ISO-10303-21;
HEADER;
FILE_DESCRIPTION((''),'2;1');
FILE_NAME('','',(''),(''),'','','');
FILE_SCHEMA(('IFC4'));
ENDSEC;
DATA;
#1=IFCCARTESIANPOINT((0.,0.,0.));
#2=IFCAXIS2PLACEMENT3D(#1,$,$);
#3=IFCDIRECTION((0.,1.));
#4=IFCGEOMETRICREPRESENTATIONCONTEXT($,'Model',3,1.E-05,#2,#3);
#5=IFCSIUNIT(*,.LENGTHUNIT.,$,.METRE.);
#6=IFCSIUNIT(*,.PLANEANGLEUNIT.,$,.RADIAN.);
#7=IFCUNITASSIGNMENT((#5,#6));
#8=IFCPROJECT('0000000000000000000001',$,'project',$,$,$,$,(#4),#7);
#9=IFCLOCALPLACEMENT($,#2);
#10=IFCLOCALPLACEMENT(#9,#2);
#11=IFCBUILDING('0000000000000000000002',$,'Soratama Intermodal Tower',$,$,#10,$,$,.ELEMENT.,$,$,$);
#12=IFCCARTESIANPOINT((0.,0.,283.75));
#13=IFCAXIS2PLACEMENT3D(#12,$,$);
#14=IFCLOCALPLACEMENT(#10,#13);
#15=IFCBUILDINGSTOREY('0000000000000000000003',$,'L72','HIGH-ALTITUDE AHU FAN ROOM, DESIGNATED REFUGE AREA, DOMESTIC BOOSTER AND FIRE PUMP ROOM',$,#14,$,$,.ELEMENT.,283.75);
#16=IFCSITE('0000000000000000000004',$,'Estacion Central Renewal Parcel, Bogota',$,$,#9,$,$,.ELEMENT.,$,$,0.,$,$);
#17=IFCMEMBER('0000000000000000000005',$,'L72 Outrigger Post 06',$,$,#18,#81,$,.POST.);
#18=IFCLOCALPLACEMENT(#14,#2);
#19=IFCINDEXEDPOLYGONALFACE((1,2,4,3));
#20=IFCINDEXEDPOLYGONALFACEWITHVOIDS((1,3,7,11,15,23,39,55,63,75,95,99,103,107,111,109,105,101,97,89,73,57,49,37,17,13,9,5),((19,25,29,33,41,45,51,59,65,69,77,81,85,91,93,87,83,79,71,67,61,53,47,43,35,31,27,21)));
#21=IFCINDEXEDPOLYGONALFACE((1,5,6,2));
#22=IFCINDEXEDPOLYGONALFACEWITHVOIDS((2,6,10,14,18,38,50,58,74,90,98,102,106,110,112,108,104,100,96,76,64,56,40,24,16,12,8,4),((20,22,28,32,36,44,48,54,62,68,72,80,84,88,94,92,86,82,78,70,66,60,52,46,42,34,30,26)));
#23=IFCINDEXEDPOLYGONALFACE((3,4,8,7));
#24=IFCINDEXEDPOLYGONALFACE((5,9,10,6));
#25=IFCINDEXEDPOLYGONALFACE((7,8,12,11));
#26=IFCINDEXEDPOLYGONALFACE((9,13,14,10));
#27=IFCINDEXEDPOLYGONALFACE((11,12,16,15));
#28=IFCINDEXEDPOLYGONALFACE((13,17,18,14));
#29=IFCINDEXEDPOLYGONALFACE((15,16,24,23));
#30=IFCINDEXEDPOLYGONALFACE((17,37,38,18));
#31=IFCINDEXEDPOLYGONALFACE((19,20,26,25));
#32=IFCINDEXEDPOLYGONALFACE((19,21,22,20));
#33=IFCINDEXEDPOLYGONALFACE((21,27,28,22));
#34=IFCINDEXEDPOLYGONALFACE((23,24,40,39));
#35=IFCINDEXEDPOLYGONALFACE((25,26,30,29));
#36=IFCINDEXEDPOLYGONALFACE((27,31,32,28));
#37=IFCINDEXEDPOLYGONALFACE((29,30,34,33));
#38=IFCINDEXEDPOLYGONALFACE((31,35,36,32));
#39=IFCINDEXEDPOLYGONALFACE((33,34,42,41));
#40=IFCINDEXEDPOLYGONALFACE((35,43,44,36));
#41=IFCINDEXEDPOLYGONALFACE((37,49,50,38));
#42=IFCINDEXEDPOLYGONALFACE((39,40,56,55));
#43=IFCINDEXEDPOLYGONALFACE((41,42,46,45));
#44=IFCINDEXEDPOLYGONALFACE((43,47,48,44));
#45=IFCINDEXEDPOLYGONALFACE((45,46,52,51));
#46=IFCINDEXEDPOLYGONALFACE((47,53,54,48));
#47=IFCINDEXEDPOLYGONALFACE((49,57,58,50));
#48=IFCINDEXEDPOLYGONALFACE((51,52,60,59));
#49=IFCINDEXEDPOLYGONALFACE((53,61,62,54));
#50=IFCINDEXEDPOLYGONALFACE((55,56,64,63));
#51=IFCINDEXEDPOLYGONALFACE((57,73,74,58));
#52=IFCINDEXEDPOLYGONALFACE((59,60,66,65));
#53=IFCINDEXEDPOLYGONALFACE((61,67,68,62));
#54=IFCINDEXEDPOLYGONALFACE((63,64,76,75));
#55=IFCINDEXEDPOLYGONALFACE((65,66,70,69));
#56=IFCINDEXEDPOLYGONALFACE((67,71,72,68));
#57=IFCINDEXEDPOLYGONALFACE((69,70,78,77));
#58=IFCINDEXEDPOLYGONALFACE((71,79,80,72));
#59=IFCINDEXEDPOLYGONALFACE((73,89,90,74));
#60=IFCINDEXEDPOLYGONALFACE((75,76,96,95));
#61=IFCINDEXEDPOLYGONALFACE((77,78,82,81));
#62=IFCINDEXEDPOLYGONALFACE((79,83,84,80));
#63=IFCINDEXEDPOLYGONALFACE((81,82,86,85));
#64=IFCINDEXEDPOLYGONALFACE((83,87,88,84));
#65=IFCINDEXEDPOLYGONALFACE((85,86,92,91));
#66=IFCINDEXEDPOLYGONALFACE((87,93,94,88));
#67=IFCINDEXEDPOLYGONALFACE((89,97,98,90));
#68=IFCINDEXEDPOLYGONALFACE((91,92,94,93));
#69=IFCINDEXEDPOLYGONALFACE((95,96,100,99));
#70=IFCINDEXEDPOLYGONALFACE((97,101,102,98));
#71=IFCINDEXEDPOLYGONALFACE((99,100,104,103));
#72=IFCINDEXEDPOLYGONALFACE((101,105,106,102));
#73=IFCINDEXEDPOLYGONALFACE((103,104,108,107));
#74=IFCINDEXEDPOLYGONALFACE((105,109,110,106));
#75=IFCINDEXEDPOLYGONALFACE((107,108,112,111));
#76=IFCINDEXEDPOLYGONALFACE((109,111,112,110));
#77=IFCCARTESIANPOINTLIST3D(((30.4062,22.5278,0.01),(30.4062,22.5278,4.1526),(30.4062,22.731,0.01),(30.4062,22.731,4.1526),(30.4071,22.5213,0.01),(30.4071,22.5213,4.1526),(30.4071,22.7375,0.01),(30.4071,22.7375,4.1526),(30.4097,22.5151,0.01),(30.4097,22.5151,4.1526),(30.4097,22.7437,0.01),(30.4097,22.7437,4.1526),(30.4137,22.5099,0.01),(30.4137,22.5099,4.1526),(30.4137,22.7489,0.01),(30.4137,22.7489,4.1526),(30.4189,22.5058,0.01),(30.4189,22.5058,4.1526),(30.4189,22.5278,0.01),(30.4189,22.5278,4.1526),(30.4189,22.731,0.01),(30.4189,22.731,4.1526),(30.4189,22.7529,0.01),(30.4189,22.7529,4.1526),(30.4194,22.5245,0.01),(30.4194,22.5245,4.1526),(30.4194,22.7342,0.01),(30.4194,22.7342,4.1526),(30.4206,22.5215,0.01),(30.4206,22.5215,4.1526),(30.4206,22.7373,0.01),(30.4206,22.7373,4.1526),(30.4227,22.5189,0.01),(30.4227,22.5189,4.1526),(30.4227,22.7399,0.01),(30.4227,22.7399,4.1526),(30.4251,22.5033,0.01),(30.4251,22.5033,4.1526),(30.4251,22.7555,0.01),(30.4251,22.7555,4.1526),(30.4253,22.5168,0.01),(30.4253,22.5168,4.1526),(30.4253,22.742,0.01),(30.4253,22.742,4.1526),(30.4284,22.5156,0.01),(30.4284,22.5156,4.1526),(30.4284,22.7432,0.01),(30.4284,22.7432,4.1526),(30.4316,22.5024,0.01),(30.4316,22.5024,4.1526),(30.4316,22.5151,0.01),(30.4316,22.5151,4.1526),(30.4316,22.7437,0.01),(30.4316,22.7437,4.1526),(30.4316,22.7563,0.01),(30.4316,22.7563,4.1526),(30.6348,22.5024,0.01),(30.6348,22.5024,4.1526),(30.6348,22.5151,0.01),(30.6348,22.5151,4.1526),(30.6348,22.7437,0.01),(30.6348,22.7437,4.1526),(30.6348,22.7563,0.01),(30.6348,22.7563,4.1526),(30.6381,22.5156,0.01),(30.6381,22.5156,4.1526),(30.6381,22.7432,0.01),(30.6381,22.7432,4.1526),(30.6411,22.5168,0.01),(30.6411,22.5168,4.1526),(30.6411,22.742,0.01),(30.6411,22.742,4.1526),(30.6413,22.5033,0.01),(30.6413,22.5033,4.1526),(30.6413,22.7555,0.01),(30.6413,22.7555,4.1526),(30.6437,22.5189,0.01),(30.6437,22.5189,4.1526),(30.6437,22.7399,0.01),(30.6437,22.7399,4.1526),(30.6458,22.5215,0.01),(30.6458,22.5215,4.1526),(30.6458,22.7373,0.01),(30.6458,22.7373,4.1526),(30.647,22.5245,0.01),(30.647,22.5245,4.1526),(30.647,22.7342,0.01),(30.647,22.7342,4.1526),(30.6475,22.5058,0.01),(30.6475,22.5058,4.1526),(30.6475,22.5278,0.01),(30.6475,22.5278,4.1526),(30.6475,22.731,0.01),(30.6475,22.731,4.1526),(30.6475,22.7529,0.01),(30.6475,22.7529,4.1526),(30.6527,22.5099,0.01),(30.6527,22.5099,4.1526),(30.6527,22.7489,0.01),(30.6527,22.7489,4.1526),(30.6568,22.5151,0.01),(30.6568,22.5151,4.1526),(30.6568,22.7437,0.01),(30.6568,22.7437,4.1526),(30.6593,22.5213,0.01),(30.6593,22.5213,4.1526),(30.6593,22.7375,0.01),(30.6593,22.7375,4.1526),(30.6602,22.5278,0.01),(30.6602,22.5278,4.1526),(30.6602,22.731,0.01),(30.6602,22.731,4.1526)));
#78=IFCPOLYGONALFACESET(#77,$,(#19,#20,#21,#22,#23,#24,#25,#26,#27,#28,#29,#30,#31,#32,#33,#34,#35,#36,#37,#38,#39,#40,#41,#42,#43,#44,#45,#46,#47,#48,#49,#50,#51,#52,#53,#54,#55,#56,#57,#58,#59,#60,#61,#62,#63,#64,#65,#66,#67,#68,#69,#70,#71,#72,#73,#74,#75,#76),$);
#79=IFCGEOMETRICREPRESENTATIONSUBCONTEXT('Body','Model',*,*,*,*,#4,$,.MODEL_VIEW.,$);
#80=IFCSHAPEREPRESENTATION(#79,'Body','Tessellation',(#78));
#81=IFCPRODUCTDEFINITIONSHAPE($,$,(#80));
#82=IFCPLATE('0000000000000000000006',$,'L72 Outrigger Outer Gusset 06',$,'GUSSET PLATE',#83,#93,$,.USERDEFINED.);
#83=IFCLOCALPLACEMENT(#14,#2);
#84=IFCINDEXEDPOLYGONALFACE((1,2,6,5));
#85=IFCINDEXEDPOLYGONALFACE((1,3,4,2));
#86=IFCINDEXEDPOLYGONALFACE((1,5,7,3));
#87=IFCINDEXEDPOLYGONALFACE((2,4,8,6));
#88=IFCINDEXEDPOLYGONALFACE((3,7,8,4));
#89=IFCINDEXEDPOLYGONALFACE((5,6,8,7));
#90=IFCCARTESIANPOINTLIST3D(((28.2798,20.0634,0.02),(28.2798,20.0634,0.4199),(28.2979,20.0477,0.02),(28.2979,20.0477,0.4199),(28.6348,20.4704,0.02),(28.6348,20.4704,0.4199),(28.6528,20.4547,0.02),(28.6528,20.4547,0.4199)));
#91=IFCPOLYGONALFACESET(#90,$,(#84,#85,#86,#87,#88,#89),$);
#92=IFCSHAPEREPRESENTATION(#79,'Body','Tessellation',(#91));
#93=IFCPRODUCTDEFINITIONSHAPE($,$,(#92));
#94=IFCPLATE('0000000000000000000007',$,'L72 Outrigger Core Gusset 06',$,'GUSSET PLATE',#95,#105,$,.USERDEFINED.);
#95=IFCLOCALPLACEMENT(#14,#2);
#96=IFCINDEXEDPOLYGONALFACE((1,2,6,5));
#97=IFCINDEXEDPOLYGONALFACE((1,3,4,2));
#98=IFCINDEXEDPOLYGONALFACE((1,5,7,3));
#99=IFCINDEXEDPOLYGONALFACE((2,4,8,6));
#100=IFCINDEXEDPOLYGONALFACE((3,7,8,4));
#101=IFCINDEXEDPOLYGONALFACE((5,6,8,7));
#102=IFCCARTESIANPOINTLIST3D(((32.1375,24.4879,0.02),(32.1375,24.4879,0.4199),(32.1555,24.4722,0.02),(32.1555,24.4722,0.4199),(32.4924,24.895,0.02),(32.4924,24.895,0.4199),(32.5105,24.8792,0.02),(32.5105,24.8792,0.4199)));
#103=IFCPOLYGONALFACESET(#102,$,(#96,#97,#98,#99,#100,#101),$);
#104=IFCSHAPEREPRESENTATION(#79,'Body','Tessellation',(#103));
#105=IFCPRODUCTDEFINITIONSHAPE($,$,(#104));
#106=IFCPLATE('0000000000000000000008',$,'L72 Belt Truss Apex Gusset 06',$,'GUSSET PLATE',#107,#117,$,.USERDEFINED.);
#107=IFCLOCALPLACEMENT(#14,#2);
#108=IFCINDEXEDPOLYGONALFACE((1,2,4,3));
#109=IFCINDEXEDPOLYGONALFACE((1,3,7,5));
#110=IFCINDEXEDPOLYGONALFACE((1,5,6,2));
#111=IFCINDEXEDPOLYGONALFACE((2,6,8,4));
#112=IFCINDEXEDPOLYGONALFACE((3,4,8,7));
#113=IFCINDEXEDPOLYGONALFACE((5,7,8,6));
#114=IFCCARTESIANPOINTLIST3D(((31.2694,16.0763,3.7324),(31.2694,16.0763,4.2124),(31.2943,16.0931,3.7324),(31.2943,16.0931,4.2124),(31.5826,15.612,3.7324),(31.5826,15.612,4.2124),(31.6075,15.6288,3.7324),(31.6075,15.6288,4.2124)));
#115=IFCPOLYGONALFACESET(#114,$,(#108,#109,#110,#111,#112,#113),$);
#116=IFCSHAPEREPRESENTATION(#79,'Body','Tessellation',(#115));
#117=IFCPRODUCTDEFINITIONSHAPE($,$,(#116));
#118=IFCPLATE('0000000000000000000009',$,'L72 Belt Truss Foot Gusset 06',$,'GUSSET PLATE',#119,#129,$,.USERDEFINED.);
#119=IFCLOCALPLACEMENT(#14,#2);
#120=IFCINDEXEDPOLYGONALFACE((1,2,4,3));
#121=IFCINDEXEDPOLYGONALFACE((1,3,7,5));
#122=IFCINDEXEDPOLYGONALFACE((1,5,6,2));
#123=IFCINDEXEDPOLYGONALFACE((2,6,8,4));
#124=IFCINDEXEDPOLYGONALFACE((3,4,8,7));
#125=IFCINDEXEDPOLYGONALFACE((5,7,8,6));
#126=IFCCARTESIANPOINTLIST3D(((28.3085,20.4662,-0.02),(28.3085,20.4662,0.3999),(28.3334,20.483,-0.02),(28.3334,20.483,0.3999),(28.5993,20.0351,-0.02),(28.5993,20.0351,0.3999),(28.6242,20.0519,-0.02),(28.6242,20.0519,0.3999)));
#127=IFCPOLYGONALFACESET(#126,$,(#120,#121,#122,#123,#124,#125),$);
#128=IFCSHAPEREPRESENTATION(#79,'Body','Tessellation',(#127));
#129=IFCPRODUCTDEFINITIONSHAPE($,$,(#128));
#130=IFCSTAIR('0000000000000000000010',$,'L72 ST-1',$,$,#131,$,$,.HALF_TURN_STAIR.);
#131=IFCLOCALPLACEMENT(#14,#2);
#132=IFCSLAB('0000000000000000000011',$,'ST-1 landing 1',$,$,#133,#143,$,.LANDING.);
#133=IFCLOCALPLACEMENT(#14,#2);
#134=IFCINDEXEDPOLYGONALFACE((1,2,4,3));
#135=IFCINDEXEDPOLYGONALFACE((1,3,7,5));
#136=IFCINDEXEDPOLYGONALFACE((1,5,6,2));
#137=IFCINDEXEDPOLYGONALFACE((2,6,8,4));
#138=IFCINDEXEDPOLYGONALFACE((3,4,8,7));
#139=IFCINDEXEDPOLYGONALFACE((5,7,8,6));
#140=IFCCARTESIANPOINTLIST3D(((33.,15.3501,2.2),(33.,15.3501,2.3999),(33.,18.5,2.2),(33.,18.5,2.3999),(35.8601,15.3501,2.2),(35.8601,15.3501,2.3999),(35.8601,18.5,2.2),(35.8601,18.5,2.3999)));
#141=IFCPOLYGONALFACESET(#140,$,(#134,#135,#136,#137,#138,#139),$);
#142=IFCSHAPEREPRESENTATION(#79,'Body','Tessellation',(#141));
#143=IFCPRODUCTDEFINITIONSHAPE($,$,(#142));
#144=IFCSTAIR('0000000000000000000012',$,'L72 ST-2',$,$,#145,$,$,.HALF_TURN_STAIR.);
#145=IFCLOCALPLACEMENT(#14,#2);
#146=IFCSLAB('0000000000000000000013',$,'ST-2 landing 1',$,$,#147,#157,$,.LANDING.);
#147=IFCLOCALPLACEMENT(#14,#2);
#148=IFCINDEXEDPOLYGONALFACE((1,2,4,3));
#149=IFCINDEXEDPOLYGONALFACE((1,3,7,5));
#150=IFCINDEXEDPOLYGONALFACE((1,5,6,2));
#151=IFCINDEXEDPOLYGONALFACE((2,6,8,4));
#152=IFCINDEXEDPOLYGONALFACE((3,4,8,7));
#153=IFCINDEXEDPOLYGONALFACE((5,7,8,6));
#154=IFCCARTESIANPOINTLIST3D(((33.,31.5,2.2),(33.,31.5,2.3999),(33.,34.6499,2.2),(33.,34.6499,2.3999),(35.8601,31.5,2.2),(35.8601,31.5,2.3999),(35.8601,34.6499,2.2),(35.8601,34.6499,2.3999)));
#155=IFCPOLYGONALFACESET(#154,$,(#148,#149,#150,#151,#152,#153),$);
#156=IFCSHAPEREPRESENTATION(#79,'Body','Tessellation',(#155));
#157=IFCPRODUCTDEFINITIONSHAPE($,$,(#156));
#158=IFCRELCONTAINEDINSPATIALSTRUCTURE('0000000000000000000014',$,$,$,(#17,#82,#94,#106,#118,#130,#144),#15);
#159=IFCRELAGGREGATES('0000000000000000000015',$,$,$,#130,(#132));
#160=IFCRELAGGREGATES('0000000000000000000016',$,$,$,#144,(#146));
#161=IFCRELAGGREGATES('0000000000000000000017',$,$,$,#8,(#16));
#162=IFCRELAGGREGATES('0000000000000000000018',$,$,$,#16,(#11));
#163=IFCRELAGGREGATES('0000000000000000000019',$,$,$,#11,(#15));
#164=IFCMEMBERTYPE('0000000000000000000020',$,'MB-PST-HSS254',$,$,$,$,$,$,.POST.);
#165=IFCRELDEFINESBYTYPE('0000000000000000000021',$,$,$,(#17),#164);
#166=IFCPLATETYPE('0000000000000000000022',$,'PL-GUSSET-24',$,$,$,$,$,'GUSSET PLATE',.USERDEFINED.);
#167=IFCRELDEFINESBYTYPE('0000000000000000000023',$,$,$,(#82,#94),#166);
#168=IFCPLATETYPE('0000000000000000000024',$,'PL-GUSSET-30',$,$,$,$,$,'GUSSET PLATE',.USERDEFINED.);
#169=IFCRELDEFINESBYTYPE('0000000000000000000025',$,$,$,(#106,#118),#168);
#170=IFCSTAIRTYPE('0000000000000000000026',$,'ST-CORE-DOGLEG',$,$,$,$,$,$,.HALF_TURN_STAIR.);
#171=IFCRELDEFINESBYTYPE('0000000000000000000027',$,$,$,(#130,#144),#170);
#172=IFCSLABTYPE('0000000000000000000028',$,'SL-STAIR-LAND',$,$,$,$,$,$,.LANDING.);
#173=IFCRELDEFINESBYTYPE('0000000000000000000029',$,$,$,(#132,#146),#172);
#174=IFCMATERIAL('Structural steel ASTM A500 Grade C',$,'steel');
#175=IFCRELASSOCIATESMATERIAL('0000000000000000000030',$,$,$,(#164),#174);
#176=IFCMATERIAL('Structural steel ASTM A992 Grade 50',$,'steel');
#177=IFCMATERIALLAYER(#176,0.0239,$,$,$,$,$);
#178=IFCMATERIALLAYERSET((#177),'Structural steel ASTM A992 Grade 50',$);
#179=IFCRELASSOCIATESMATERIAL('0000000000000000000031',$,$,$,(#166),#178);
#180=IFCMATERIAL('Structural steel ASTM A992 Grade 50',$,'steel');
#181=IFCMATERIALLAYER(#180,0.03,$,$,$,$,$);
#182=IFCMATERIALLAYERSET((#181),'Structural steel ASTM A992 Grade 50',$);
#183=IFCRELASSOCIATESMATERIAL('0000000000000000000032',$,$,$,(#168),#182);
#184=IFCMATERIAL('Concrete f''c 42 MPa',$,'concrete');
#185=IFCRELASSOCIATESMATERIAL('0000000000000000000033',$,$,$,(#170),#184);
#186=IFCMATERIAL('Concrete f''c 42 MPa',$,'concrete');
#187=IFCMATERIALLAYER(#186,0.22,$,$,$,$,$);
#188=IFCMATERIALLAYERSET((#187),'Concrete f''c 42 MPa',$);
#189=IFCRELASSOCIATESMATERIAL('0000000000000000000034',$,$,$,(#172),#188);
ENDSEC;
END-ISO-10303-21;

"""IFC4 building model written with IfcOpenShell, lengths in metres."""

from ifc_helpers import new_model, si_unit, direction, frame, origin, origin_2d, place, context, subcontext, project, spatial, polyline, rectangle, hollow_rectangle, outline, extrude, material, layer, layer_set, material_profile, profile_set, type_object, element, aggregate, save


model = new_model("IFC4")

# Units and contexts
model_context = context("Model", 3, precision=1e-05, world=origin(), true_north=direction((0.0, 1.0)))
body_context = subcontext(model_context, "Body", "Model", "MODEL_VIEW")
ifc_project = project(units=[si_unit("LENGTHUNIT", "METRE"), si_unit("PLANEANGLEUNIT", "RADIAN")], contexts=[model_context])

# Site, building, storey
site_placement = place(None, origin())
site = spatial("IfcSite", under=ifc_project, at=site_placement, Name="Estacion Central Renewal Parcel, Bogota", CompositionType="ELEMENT", RefElevation=0.0)
building_placement = place(site_placement, origin())
building = spatial("IfcBuilding", under=site, at=building_placement, Name="Soratama Intermodal Tower", CompositionType="ELEMENT")
storey_placement = place(building_placement, frame((0.0, 0.0, 283.75)))
storey = spatial("IfcBuildingStorey", under=building, at=storey_placement, Name="L72", Description="HIGH-ALTITUDE AHU FAN ROOM, DESIGNATED REFUGE AREA, DOMESTIC BOOSTER AND FIRE PUMP ROOM", CompositionType="ELEMENT", Elevation=283.75)

# Member
ifc_material_1 = material(Name="Structural steel ASTM A500 Grade C", Category="steel")
ifc_material_profile_1 = material_profile(ifc_material_1, hollow_rectangle(XDim=0.2539, YDim=0.2539, WallThickness=0.0127, InnerFilletRadius=0.0127, OuterFilletRadius=0.0254, at=origin_2d()), Name="HSS254X254X12.7")
ifc_profile_set_1 = profile_set([ifc_material_profile_1], Name="Structural steel ASTM A500 Grade C")
member_type_1 = type_object("IfcMemberType", Name="MB-PST-HSS254", PredefinedType="POST", material=ifc_profile_set_1)
member_1_placement = place(storey_placement, frame((30.5332, 22.6294, 0.01), z_axis=(0.0, 0.0, 1.0), x_axis=(1.0, 0.0, 0.0)))
element("IfcMember", 1, at=member_1_placement, inside=storey, type_object=member_type_1, Name="L72 Outrigger Post 06", PredefinedType="POST", context=body_context, shape_type="SweptSolid", body=[
    extrude(hollow_rectangle(XDim=0.2539, YDim=0.2539, WallThickness=0.0127, InnerFilletRadius=0.0127, OuterFilletRadius=0.0254, at=origin_2d()), origin(), (0.0, 0.0, 1.0), 4.1426),
])

# Plates
ifc_material_2 = material(Name="Structural steel ASTM A992 Grade 50", Category="steel")
ifc_layer_1 = layer(ifc_material_2, 0.0239)
ifc_layer_set_1 = layer_set([ifc_layer_1], Name="Structural steel ASTM A992 Grade 50")
plate_type_1 = type_object("IfcPlateType", Name="PL-GUSSET-24", ElementType="GUSSET PLATE", PredefinedType="USERDEFINED", material=ifc_layer_set_1)
for number, where, z_axis, x_axis, name in (
    (2, (28.4663, 20.259, 0.02), (0.0, 0.0, 1.0), (-0.657244, -0.753678, 0.0), "L72 Outrigger Outer Gusset 06"),
    (3, (32.324, 24.6836, 0.02), (0.0, 0.0, 1.0), (-0.657244, -0.753678, 0.0), "L72 Outrigger Core Gusset 06"),
):
    element("IfcPlate", number, at=place(storey_placement, frame(where, z_axis=z_axis, x_axis=x_axis)), inside=storey, type_object=plate_type_1, Name=name, ObjectType="GUSSET PLATE", PredefinedType="USERDEFINED", context=body_context, shape_type="SweptSolid", body=[
        extrude(rectangle(XDim=0.54, YDim=0.0239, at=origin_2d()), origin(), (0.0, 0.0, 1.0), 0.3999),
    ])
ifc_material_3 = material(Name="Structural steel ASTM A992 Grade 50", Category="steel")
ifc_layer_2 = layer(ifc_material_3, 0.03)
ifc_layer_set_2 = layer_set([ifc_layer_2], Name="Structural steel ASTM A992 Grade 50")
plate_type_2 = type_object("IfcPlateType", Name="PL-GUSSET-30", ElementType="GUSSET PLATE", PredefinedType="USERDEFINED", material=ifc_layer_set_2)
plate_1_placement = place(storey_placement, frame((31.4385, 15.8525, 3.7324), z_axis=(0.0, 0.0, 1.0), x_axis=(0.559193, -0.829038, 0.0)))
element("IfcPlate", 4, at=plate_1_placement, inside=storey, type_object=plate_type_2, Name="L72 Belt Truss Apex Gusset 06", ObjectType="GUSSET PLATE", PredefinedType="USERDEFINED", context=body_context, shape_type="SweptSolid", body=[
    extrude(rectangle(XDim=0.5601, YDim=0.03, at=origin_2d()), origin(), (0.0, 0.0, 1.0), 0.48),
])
plate_2_placement = place(storey_placement, frame((28.4663, 20.259, -0.02), z_axis=(0.0, 0.0, 1.0), x_axis=(0.559193, -0.829038, 0.0)))
element("IfcPlate", 5, at=plate_2_placement, inside=storey, type_object=plate_type_2, Name="L72 Belt Truss Foot Gusset 06", ObjectType="GUSSET PLATE", PredefinedType="USERDEFINED", context=body_context, shape_type="SweptSolid", body=[
    extrude(rectangle(XDim=0.52, YDim=0.03, at=origin_2d()), origin(), (0.0, 0.0, 1.0), 0.4199),
])

# Stairs, slabs
ifc_material_4 = material(Name="Concrete f'c 42 MPa", Category="concrete")
stair_type = type_object("IfcStairType", Name="ST-CORE-DOGLEG", PredefinedType="HALF_TURN_STAIR", material=ifc_material_4)
stair_1_placement = place(storey_placement, origin())
stair_1 = element("IfcStair", 6, at=stair_1_placement, inside=storey, type_object=stair_type, Name="L72 ST-1", PredefinedType="HALF_TURN_STAIR")
ifc_material_5 = material(Name="Concrete f'c 42 MPa", Category="concrete")
ifc_layer_3 = layer(ifc_material_5, 0.22)
ifc_layer_set_3 = layer_set([ifc_layer_3], Name="Concrete f'c 42 MPa")
slab_type_1 = type_object("IfcSlabType", Name="SL-STAIR-LAND", PredefinedType="LANDING", material=ifc_layer_set_3)
slab_1_placement = place(storey_placement, frame((0.0, 0.0, 2.2)))
slab_1 = element("IfcSlab", 7, at=slab_1_placement, type_object=slab_type_1, Name="ST-1 landing 1", PredefinedType="LANDING", context=body_context, shape_type="SweptSolid", body=[
    extrude(outline(polyline([(35.8601, 18.5), (33.0, 18.5), (33.0, 15.3501), (35.8601, 15.3501), (35.8601, 18.5)])), origin(), (0.0, 0.0, 1.0), 0.2),
])
aggregate(stair_1, [slab_1])
stair_2_placement = place(storey_placement, origin())
stair_2 = element("IfcStair", 8, at=stair_2_placement, inside=storey, type_object=stair_type, Name="L72 ST-2", PredefinedType="HALF_TURN_STAIR")
slab_2_placement = place(storey_placement, frame((0.0, 0.0, 2.2)))
slab_2 = element("IfcSlab", 9, at=slab_2_placement, type_object=slab_type_1, Name="ST-2 landing 1", PredefinedType="LANDING", context=body_context, shape_type="SweptSolid", body=[
    extrude(outline(polyline([(35.8601, 34.6499), (33.0, 34.6499), (33.0, 31.5), (35.8601, 31.5), (35.8601, 34.6499)])), origin(), (0.0, 0.0, 1.0), 0.2),
])
aggregate(stair_2, [slab_2])

save(model, "model.ifc")
